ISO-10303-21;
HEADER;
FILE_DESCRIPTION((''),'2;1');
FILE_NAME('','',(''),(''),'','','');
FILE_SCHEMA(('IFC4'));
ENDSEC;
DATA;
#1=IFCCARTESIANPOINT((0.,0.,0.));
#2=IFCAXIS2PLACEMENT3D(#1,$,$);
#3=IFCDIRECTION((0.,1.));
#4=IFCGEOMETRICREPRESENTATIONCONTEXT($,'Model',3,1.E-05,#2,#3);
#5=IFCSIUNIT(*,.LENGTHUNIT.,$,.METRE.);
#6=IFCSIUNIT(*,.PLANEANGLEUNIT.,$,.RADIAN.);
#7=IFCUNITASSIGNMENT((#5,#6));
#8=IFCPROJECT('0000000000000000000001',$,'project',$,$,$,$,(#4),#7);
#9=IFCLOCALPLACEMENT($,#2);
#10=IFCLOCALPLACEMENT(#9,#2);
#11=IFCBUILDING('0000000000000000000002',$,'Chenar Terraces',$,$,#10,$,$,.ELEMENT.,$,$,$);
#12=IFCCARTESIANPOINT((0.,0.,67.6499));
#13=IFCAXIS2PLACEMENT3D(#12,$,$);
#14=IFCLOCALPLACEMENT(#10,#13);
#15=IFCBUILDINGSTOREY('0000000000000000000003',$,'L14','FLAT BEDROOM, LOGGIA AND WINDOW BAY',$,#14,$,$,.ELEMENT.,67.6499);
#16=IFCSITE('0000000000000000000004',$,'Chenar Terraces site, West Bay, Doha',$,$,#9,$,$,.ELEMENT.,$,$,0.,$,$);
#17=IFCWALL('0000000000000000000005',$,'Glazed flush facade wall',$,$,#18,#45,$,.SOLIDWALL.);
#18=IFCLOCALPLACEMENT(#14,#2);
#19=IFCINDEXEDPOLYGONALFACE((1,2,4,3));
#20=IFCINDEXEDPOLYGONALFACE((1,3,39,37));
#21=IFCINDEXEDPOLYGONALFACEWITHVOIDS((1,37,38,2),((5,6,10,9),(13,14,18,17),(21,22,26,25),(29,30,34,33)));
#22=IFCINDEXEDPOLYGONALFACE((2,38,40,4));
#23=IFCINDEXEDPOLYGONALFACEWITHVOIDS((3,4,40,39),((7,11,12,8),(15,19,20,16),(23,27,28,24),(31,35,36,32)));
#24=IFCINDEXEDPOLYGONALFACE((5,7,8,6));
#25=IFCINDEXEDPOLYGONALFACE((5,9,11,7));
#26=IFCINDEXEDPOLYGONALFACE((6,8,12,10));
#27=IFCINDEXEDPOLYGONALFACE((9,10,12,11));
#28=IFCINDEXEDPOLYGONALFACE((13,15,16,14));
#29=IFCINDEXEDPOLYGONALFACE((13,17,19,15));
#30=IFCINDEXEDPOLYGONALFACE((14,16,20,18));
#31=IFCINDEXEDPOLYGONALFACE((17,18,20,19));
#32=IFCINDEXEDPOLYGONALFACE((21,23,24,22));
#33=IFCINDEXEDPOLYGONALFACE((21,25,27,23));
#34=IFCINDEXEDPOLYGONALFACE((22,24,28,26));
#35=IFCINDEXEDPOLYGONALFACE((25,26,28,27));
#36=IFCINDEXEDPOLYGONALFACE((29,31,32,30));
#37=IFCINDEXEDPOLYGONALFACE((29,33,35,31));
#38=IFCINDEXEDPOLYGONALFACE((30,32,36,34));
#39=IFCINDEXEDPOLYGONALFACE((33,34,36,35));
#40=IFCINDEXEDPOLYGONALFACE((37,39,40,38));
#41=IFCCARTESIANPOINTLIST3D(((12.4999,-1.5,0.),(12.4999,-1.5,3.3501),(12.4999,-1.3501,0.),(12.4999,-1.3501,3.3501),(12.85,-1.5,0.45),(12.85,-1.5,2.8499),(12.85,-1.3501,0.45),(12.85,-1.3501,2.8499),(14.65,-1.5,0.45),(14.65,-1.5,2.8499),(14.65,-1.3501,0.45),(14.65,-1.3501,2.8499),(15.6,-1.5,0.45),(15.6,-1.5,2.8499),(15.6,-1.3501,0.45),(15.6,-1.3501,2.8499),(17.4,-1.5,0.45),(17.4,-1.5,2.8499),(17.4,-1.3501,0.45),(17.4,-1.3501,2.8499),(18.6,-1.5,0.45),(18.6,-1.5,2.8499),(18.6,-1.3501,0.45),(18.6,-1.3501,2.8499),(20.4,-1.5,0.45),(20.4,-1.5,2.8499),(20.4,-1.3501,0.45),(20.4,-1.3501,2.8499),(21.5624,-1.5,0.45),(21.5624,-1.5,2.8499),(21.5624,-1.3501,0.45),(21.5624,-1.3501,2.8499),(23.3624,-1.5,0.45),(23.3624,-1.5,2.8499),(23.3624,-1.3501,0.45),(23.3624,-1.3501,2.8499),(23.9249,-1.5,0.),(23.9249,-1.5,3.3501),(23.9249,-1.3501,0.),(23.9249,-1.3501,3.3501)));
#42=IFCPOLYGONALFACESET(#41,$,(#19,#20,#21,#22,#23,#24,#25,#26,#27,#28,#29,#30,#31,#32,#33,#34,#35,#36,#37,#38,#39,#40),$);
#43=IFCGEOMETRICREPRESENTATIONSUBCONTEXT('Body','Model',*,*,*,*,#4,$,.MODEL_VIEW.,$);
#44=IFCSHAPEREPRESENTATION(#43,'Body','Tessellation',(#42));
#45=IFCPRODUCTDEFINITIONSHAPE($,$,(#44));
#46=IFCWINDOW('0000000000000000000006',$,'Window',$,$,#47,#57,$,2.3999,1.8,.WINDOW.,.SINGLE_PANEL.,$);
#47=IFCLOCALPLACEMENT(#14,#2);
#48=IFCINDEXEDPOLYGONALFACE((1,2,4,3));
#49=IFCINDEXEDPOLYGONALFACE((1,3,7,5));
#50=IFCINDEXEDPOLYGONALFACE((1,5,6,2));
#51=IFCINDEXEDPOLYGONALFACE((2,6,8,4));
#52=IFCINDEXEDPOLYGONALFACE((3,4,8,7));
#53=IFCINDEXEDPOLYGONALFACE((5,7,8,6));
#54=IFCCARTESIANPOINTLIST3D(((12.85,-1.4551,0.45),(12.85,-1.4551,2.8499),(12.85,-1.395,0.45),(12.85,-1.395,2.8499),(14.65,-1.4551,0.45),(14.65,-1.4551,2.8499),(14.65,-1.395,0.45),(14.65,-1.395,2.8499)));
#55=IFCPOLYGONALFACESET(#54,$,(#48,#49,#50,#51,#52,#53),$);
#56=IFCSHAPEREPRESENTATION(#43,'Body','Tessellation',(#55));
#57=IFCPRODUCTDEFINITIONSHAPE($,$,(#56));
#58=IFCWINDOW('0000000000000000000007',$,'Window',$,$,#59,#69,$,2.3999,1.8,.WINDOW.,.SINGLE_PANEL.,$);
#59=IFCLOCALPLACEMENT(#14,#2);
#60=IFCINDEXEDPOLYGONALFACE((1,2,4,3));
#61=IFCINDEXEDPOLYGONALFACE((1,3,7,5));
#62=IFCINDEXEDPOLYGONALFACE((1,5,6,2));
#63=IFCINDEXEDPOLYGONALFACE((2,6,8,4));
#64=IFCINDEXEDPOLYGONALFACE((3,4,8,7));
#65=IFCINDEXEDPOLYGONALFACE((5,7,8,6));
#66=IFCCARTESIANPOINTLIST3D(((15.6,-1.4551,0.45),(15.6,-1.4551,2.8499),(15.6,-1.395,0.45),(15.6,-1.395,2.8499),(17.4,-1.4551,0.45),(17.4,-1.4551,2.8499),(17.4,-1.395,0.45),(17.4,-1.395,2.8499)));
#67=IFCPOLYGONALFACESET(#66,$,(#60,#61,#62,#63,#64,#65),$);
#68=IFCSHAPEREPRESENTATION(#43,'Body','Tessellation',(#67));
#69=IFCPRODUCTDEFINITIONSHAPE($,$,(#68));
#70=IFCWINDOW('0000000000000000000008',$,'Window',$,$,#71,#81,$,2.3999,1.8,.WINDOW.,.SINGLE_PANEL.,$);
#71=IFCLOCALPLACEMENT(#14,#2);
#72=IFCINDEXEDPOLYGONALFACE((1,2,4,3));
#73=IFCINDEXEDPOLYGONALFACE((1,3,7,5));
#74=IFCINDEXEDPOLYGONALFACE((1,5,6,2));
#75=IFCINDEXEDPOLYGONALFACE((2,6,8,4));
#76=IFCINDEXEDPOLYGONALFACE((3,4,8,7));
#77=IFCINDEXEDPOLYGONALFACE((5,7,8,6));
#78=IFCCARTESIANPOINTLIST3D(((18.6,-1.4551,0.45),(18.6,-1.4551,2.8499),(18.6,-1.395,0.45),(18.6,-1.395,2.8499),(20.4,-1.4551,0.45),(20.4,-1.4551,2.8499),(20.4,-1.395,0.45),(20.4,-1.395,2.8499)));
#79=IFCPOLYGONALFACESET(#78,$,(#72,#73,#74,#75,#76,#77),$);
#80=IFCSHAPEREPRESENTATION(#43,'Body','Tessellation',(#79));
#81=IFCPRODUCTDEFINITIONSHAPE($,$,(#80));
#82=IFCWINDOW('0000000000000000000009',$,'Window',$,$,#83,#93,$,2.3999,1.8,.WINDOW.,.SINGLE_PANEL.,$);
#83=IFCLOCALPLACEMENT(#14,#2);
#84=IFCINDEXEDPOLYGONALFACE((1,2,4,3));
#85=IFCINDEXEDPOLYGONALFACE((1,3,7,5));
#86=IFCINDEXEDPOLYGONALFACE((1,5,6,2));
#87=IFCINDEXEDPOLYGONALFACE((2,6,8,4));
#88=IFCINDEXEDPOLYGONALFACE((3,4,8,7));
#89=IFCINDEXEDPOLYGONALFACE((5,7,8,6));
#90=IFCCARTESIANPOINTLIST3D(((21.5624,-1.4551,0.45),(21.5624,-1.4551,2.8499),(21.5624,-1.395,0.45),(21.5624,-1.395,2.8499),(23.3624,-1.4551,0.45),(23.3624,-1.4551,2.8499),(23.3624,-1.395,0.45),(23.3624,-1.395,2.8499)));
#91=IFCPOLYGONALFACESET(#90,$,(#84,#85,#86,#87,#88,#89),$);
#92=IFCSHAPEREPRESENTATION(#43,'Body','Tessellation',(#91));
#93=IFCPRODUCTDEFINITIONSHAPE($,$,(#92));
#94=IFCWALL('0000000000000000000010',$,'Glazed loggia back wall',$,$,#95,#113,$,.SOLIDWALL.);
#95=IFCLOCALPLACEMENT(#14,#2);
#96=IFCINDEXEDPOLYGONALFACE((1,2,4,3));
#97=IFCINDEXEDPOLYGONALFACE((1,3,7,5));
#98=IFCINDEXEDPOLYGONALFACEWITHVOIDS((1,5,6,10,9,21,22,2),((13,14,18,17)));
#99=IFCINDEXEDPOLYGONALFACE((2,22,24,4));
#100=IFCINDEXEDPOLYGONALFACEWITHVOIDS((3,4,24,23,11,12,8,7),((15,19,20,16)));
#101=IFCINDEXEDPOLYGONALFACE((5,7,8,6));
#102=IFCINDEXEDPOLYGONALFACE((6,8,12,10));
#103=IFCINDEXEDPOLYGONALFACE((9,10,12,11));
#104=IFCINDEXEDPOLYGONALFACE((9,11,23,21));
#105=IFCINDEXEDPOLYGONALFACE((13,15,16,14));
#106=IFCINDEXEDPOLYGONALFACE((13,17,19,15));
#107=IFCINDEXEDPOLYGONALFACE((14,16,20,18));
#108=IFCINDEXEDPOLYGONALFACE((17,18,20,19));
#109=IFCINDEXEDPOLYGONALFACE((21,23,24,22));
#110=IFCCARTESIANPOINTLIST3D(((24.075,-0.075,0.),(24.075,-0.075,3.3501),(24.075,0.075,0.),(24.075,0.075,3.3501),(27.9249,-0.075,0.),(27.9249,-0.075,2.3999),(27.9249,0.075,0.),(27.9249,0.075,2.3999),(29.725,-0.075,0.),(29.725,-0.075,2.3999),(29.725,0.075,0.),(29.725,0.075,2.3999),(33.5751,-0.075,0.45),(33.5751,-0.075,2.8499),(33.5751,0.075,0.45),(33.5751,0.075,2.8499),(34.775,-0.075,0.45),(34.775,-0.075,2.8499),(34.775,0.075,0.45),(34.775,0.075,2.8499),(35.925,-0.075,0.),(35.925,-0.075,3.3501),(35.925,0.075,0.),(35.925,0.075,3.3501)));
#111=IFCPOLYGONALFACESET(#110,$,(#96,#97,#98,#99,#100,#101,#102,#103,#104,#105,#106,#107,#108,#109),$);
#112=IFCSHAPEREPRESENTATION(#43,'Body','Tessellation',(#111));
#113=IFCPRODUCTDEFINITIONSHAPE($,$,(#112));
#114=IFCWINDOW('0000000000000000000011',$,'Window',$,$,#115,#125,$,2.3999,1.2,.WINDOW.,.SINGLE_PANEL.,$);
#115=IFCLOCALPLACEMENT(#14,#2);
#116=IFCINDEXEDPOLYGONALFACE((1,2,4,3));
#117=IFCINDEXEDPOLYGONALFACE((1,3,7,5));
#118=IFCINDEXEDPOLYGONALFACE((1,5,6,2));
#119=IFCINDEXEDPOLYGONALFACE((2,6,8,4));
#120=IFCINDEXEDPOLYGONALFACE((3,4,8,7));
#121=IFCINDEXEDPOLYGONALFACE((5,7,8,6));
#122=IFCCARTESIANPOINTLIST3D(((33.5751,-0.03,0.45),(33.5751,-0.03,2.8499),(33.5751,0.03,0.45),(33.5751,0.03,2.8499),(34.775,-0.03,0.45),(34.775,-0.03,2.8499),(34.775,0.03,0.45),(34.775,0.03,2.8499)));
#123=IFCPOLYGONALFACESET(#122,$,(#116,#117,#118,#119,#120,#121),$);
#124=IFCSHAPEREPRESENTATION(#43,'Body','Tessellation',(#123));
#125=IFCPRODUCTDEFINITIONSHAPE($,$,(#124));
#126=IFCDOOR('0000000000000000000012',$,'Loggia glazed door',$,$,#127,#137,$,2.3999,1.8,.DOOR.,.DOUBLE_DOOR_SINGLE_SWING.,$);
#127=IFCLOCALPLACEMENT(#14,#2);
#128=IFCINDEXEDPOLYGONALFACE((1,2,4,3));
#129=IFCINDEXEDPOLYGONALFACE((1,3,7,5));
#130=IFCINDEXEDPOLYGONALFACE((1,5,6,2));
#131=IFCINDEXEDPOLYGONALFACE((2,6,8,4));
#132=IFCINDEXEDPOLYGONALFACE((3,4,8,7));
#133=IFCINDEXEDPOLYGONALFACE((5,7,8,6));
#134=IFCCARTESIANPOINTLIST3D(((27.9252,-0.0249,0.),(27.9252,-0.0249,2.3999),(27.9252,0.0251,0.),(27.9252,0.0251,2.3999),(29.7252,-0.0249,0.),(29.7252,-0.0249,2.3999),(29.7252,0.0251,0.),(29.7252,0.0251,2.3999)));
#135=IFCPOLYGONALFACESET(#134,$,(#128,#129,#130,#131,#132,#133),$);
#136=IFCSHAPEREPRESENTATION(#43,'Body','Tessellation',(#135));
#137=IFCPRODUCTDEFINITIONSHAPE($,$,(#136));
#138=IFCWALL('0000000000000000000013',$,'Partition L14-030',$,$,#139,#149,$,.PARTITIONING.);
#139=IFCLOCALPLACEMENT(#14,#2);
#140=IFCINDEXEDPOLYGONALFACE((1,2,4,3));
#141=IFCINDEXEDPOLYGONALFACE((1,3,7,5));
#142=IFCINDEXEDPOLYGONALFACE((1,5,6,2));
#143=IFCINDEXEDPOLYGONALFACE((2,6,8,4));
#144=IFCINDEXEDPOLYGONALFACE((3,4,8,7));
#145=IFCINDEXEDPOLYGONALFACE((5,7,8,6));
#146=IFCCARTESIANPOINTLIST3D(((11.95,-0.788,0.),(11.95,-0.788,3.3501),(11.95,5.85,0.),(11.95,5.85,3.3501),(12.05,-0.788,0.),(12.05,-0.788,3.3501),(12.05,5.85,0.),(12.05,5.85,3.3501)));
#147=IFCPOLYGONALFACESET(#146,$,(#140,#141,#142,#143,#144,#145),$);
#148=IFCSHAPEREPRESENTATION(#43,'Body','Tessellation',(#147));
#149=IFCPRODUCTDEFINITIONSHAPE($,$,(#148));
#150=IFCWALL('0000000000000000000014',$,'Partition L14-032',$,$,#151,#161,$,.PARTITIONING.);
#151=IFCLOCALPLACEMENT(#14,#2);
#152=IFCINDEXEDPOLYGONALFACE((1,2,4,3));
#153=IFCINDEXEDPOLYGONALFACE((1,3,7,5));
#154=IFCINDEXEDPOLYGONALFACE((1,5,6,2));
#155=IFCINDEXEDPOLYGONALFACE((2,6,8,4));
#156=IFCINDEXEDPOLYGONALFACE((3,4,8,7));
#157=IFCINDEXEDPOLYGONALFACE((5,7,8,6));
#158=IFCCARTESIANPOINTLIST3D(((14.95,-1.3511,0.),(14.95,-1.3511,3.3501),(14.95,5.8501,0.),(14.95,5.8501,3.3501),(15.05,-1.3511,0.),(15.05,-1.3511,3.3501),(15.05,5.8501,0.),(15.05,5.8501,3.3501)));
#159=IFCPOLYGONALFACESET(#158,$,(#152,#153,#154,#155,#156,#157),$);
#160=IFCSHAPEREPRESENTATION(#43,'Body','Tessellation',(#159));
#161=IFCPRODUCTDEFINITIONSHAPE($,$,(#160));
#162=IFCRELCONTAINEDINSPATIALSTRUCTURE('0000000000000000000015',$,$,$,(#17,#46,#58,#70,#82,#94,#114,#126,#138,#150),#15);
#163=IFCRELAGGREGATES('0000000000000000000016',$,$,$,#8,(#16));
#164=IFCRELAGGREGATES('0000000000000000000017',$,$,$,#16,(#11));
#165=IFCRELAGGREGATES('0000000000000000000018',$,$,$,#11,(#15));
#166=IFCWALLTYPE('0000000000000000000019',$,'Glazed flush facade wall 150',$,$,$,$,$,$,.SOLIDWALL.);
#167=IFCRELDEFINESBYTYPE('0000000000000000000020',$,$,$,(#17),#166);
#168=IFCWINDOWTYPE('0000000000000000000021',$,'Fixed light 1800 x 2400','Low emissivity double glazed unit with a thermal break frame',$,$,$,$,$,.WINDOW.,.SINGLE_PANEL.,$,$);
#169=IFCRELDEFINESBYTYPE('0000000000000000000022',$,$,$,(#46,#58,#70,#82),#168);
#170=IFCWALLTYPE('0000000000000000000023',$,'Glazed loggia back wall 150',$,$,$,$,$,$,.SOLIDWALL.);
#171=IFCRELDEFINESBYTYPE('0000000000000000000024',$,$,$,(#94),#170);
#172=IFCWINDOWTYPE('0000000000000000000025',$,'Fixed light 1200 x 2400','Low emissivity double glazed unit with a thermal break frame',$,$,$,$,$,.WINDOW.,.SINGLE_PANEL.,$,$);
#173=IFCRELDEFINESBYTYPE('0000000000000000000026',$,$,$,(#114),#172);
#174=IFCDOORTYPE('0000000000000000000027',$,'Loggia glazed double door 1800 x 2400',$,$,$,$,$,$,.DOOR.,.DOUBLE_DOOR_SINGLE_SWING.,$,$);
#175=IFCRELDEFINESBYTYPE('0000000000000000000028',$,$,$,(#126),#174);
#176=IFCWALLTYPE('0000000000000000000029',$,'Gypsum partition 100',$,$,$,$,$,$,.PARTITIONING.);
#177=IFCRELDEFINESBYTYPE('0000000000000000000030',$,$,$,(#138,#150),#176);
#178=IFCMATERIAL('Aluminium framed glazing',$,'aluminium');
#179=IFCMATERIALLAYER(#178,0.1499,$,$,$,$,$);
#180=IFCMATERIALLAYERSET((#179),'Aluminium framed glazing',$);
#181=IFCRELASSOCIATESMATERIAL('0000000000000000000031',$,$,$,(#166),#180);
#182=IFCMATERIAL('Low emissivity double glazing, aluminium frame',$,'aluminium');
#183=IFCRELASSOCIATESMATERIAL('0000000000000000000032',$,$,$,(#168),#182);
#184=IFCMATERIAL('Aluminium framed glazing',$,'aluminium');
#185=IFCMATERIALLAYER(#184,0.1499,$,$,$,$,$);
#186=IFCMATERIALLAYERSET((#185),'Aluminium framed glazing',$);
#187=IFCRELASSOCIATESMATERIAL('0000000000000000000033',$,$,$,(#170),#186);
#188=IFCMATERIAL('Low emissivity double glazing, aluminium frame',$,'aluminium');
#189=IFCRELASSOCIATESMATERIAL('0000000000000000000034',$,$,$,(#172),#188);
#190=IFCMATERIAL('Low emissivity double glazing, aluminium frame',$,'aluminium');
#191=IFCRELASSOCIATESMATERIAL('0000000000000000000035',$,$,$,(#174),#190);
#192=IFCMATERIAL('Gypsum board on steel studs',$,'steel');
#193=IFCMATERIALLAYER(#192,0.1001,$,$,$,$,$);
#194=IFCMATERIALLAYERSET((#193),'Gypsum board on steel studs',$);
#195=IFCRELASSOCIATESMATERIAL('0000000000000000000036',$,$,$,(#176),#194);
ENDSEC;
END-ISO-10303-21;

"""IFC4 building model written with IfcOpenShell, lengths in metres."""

from ifc_helpers import new_model, si_unit, direction, frame, frame_2d, origin, place, context, subcontext, project, spatial, rectangle, extrude, material, layer, layer_set, type_object, element, fill, save


model = new_model("IFC4")

# Units and contexts
model_context = context("Model", 3, precision=1e-05, world=origin(), true_north=direction((0.0, 1.0)))
body_context = subcontext(model_context, "Body", "Model", "MODEL_VIEW")
ifc_project = project(units=[si_unit("LENGTHUNIT", "METRE"), si_unit("PLANEANGLEUNIT", "RADIAN")], contexts=[model_context])

# Site, building, storey
site_placement = place(None, origin())
site = spatial("IfcSite", under=ifc_project, at=site_placement, Name="Chenar Terraces site, West Bay, Doha", CompositionType="ELEMENT", RefElevation=0.0)
building_placement = place(site_placement, origin())
building = spatial("IfcBuilding", under=site, at=building_placement, Name="Chenar Terraces", CompositionType="ELEMENT")
storey_placement = place(building_placement, frame((0.0, 0.0, 67.6499)))
storey = spatial("IfcBuildingStorey", under=building, at=storey_placement, Name="L14", Description="FLAT BEDROOM, LOGGIA AND WINDOW BAY", CompositionType="ELEMENT", Elevation=67.6499)

# Wall, openings, windows
ifc_material_1 = material(Name="Aluminium framed glazing", Category="aluminium")
ifc_layer_1 = layer(ifc_material_1, 0.1499)
ifc_layer_set_1 = layer_set([ifc_layer_1], Name="Aluminium framed glazing")
wall_type_1 = type_object("IfcWallType", Name="Glazed flush facade wall 150", PredefinedType="SOLIDWALL", material=ifc_layer_set_1)
wall_1_placement = place(storey_placement, frame((12.5, -1.425, 0.0), z_axis=(0.0, 0.0, 1.0), x_axis=(1.0, 0.0, 0.0)))
wall_1 = element("IfcWall", 1, at=wall_1_placement, inside=storey, type_object=wall_type_1, Name="Glazed flush facade wall", PredefinedType="SOLIDWALL", context=body_context, shape_type="SweptSolid", body=[
    extrude(rectangle(XDim=11.425, YDim=0.1499, at=frame_2d((5.7124, 0.0))), origin(), (0.0, 0.0, 1.0), 3.3501),
])
opening_1_placement = place(wall_1_placement, frame((0.3501, 0.0, 0.45)))
opening_1 = element("IfcOpeningElement", 2, at=opening_1_placement, cuts=wall_1, PredefinedType="OPENING", context=body_context, shape_type="SweptSolid", body=[
    extrude(rectangle(XDim=1.8, YDim=2.3999, at=frame_2d((0.8999, 1.2))), frame((0.0, 0.085, 0.0), z_axis=(0.0, -1.0, 0.0), x_axis=(1.0, 0.0, 0.0)), (0.0, 0.0, 1.0), 0.1699),
])
opening_2_placement = place(wall_1_placement, frame((3.1001, 0.0, 0.45)))
opening_2 = element("IfcOpeningElement", 3, at=opening_2_placement, cuts=wall_1, PredefinedType="OPENING", context=body_context, shape_type="SweptSolid", body=[
    extrude(rectangle(XDim=1.8, YDim=2.3999, at=frame_2d((0.8999, 1.2))), frame((0.0, 0.085, 0.0), z_axis=(0.0, -1.0, 0.0), x_axis=(1.0, 0.0, 0.0)), (0.0, 0.0, 1.0), 0.1699),
])
opening_3_placement = place(wall_1_placement, frame((6.1001, 0.0, 0.45)))
opening_3 = element("IfcOpeningElement", 4, at=opening_3_placement, cuts=wall_1, PredefinedType="OPENING", context=body_context, shape_type="SweptSolid", body=[
    extrude(rectangle(XDim=1.8, YDim=2.3999, at=frame_2d((0.8999, 1.2))), frame((0.0, 0.085, 0.0), z_axis=(0.0, -1.0, 0.0), x_axis=(1.0, 0.0, 0.0)), (0.0, 0.0, 1.0), 0.1699),
])
opening_4_placement = place(wall_1_placement, frame((9.0625, 0.0, 0.45)))
opening_4 = element("IfcOpeningElement", 5, at=opening_4_placement, cuts=wall_1, PredefinedType="OPENING", context=body_context, shape_type="SweptSolid", body=[
    extrude(rectangle(XDim=1.8, YDim=2.3999, at=frame_2d((0.8999, 1.2))), frame((0.0, 0.085, 0.0), z_axis=(0.0, -1.0, 0.0), x_axis=(1.0, 0.0, 0.0)), (0.0, 0.0, 1.0), 0.1699),
])
ifc_material_2 = material(Name="Low emissivity double glazing, aluminium frame", Category="aluminium")
window_type_1 = type_object("IfcWindowType", Name="Fixed light 1800 x 2400", Description="Low emissivity double glazed unit with a thermal break frame", PartitioningType="SINGLE_PANEL", PredefinedType="WINDOW", material=ifc_material_2)
window_1_placement = place(opening_1_placement, origin())
window_1 = element("IfcWindow", 6, at=window_1_placement, inside=storey, type_object=window_type_1, Name="Window", OverallHeight=2.3999, OverallWidth=1.8, PartitioningType="SINGLE_PANEL", PredefinedType="WINDOW", context=body_context, shape_type="SweptSolid", body=[
    extrude(rectangle(XDim=1.8, YDim=2.3999, at=frame_2d((0.8999, 1.2))), frame((0.0, 0.03, 0.0), z_axis=(0.0, -1.0, 0.0), x_axis=(1.0, 0.0, 0.0)), (0.0, 0.0, 1.0), 0.0601),
])
fill(opening_1, window_1)
window_2_placement = place(opening_2_placement, origin())
window_2 = element("IfcWindow", 7, at=window_2_placement, inside=storey, type_object=window_type_1, Name="Window", OverallHeight=2.3999, OverallWidth=1.8, PartitioningType="SINGLE_PANEL", PredefinedType="WINDOW", context=body_context, shape_type="SweptSolid", body=[
    extrude(rectangle(XDim=1.8, YDim=2.3999, at=frame_2d((0.8999, 1.2))), frame((0.0, 0.03, 0.0), z_axis=(0.0, -1.0, 0.0), x_axis=(1.0, 0.0, 0.0)), (0.0, 0.0, 1.0), 0.0601),
])
fill(opening_2, window_2)
window_3_placement = place(opening_3_placement, origin())
window_3 = element("IfcWindow", 8, at=window_3_placement, inside=storey, type_object=window_type_1, Name="Window", OverallHeight=2.3999, OverallWidth=1.8, PartitioningType="SINGLE_PANEL", PredefinedType="WINDOW", context=body_context, shape_type="SweptSolid", body=[
    extrude(rectangle(XDim=1.8, YDim=2.3999, at=frame_2d((0.8999, 1.2))), frame((0.0, 0.03, 0.0), z_axis=(0.0, -1.0, 0.0), x_axis=(1.0, 0.0, 0.0)), (0.0, 0.0, 1.0), 0.0601),
])
fill(opening_3, window_3)
window_4_placement = place(opening_4_placement, origin())
window_4 = element("IfcWindow", 9, at=window_4_placement, inside=storey, type_object=window_type_1, Name="Window", OverallHeight=2.3999, OverallWidth=1.8, PartitioningType="SINGLE_PANEL", PredefinedType="WINDOW", context=body_context, shape_type="SweptSolid", body=[
    extrude(rectangle(XDim=1.8, YDim=2.3999, at=frame_2d((0.8999, 1.2))), frame((0.0, 0.03, 0.0), z_axis=(0.0, -1.0, 0.0), x_axis=(1.0, 0.0, 0.0)), (0.0, 0.0, 1.0), 0.0601),
])
fill(opening_4, window_4)

# Wall, openings, window, door
ifc_material_3 = material(Name="Aluminium framed glazing", Category="aluminium")
ifc_layer_2 = layer(ifc_material_3, 0.1499)
ifc_layer_set_2 = layer_set([ifc_layer_2], Name="Aluminium framed glazing")
wall_type_2 = type_object("IfcWallType", Name="Glazed loggia back wall 150", PredefinedType="SOLIDWALL", material=ifc_layer_set_2)
wall_2_placement = place(storey_placement, frame((24.075, 0.0, 0.0), z_axis=(0.0, 0.0, 1.0), x_axis=(1.0, 0.0, 0.0)))
wall_2 = element("IfcWall", 10, at=wall_2_placement, inside=storey, type_object=wall_type_2, Name="Glazed loggia back wall", PredefinedType="SOLIDWALL", context=body_context, shape_type="SweptSolid", body=[
    extrude(rectangle(XDim=11.8501, YDim=0.1499, at=frame_2d((5.925, 0.0))), origin(), (0.0, 0.0, 1.0), 3.3501),
])
opening_5_placement = place(wall_2_placement, frame((3.8501, 0.0, 0.0)))
opening_5 = element("IfcOpeningElement", 11, at=opening_5_placement, cuts=wall_2, PredefinedType="OPENING", context=body_context, shape_type="SweptSolid", body=[
    extrude(rectangle(XDim=1.8, YDim=2.3999, at=frame_2d((0.8999, 1.2))), frame((0.0, 0.085, 0.0), z_axis=(0.0, -1.0, 0.0), x_axis=(1.0, 0.0, 0.0)), (0.0, 0.0, 1.0), 0.1699),
])
opening_6_placement = place(wall_2_placement, frame((9.5, 0.0, 0.45)))
opening_6 = element("IfcOpeningElement", 12, at=opening_6_placement, cuts=wall_2, PredefinedType="OPENING", context=body_context, shape_type="SweptSolid", body=[
    extrude(rectangle(XDim=1.2, YDim=2.3999, at=frame_2d((0.6001, 1.2))), frame((0.0, 0.085, 0.0), z_axis=(0.0, -1.0, 0.0), x_axis=(1.0, 0.0, 0.0)), (0.0, 0.0, 1.0), 0.1699),
])
ifc_material_4 = material(Name="Low emissivity double glazing, aluminium frame", Category="aluminium")
window_type_2 = type_object("IfcWindowType", Name="Fixed light 1200 x 2400", Description="Low emissivity double glazed unit with a thermal break frame", PartitioningType="SINGLE_PANEL", PredefinedType="WINDOW", material=ifc_material_4)
window_5_placement = place(opening_6_placement, origin())
window_5 = element("IfcWindow", 13, at=window_5_placement, inside=storey, type_object=window_type_2, Name="Window", OverallHeight=2.3999, OverallWidth=1.2, PartitioningType="SINGLE_PANEL", PredefinedType="WINDOW", context=body_context, shape_type="SweptSolid", body=[
    extrude(rectangle(XDim=1.2, YDim=2.3999, at=frame_2d((0.6001, 1.2))), frame((0.0, 0.03, 0.0), z_axis=(0.0, -1.0, 0.0), x_axis=(1.0, 0.0, 0.0)), (0.0, 0.0, 1.0), 0.0601),
])
fill(opening_6, window_5)
ifc_material_5 = material(Name="Low emissivity double glazing, aluminium frame", Category="aluminium")
door_type_1 = type_object("IfcDoorType", Name="Loggia glazed double door 1800 x 2400", OperationType="DOUBLE_DOOR_SINGLE_SWING", PredefinedType="DOOR", material=ifc_material_5)
door_1_placement = place(opening_5_placement, frame((1.8, 0.0, 0.0), z_axis=(0.0, 0.0, 1.0), x_axis=(-1.0, 0.0, 0.0)))
door_1 = element("IfcDoor", 14, at=door_1_placement, inside=storey, type_object=door_type_1, Name="Loggia glazed door", OperationType="DOUBLE_DOOR_SINGLE_SWING", OverallHeight=2.3999, OverallWidth=1.8, PredefinedType="DOOR", context=body_context, shape_type="SweptSolid", body=[
    extrude(rectangle(XDim=1.8, YDim=2.3999, at=frame_2d((0.8999, 1.2))), frame((0.0, 0.0249, 0.0), z_axis=(0.0, -1.0, 0.0), x_axis=(1.0, 0.0, 0.0)), (0.0, 0.0, 1.0), 0.05),
])
fill(opening_5, door_1)

# Walls
ifc_material_6 = material(Name="Gypsum board on steel studs", Category="steel")
ifc_layer_3 = layer(ifc_material_6, 0.1001)
ifc_layer_set_3 = layer_set([ifc_layer_3], Name="Gypsum board on steel studs")
wall_type_3 = type_object("IfcWallType", Name="Gypsum partition 100", PredefinedType="PARTITIONING", material=ifc_layer_set_3)
wall_3_placement = place(storey_placement, frame((12.0, -0.7878, 0.0), z_axis=(0.0, 0.0, 1.0), x_axis=(0.0, 1.0, 0.0)))
element("IfcWall", 15, at=wall_3_placement, inside=storey, type_object=wall_type_3, Name="Partition L14-030", PredefinedType="PARTITIONING", context=body_context, shape_type="SweptSolid", body=[
    extrude(rectangle(XDim=6.6379, YDim=0.1001, at=frame_2d((3.3188, 0.0))), origin(), (0.0, 0.0, 1.0), 3.3501),
])
for number, where, z_axis, x_axis, name in (
    (16, (15.0, -1.3511, 0.0), (0.0, 0.0, 1.0), (0.0, 1.0, 0.0), "Partition L14-032"),
):
    element("IfcWall", number, at=place(storey_placement, frame(where, z_axis=z_axis, x_axis=x_axis)), inside=storey, type_object=wall_type_3, Name=name, PredefinedType="PARTITIONING", context=body_context, shape_type="SweptSolid", body=[
        extrude(rectangle(XDim=7.2012, YDim=0.1001, at=frame_2d((3.6006, 0.0))), origin(), (0.0, 0.0, 1.0), 3.3501),
    ])

save(model, "model.ifc")
